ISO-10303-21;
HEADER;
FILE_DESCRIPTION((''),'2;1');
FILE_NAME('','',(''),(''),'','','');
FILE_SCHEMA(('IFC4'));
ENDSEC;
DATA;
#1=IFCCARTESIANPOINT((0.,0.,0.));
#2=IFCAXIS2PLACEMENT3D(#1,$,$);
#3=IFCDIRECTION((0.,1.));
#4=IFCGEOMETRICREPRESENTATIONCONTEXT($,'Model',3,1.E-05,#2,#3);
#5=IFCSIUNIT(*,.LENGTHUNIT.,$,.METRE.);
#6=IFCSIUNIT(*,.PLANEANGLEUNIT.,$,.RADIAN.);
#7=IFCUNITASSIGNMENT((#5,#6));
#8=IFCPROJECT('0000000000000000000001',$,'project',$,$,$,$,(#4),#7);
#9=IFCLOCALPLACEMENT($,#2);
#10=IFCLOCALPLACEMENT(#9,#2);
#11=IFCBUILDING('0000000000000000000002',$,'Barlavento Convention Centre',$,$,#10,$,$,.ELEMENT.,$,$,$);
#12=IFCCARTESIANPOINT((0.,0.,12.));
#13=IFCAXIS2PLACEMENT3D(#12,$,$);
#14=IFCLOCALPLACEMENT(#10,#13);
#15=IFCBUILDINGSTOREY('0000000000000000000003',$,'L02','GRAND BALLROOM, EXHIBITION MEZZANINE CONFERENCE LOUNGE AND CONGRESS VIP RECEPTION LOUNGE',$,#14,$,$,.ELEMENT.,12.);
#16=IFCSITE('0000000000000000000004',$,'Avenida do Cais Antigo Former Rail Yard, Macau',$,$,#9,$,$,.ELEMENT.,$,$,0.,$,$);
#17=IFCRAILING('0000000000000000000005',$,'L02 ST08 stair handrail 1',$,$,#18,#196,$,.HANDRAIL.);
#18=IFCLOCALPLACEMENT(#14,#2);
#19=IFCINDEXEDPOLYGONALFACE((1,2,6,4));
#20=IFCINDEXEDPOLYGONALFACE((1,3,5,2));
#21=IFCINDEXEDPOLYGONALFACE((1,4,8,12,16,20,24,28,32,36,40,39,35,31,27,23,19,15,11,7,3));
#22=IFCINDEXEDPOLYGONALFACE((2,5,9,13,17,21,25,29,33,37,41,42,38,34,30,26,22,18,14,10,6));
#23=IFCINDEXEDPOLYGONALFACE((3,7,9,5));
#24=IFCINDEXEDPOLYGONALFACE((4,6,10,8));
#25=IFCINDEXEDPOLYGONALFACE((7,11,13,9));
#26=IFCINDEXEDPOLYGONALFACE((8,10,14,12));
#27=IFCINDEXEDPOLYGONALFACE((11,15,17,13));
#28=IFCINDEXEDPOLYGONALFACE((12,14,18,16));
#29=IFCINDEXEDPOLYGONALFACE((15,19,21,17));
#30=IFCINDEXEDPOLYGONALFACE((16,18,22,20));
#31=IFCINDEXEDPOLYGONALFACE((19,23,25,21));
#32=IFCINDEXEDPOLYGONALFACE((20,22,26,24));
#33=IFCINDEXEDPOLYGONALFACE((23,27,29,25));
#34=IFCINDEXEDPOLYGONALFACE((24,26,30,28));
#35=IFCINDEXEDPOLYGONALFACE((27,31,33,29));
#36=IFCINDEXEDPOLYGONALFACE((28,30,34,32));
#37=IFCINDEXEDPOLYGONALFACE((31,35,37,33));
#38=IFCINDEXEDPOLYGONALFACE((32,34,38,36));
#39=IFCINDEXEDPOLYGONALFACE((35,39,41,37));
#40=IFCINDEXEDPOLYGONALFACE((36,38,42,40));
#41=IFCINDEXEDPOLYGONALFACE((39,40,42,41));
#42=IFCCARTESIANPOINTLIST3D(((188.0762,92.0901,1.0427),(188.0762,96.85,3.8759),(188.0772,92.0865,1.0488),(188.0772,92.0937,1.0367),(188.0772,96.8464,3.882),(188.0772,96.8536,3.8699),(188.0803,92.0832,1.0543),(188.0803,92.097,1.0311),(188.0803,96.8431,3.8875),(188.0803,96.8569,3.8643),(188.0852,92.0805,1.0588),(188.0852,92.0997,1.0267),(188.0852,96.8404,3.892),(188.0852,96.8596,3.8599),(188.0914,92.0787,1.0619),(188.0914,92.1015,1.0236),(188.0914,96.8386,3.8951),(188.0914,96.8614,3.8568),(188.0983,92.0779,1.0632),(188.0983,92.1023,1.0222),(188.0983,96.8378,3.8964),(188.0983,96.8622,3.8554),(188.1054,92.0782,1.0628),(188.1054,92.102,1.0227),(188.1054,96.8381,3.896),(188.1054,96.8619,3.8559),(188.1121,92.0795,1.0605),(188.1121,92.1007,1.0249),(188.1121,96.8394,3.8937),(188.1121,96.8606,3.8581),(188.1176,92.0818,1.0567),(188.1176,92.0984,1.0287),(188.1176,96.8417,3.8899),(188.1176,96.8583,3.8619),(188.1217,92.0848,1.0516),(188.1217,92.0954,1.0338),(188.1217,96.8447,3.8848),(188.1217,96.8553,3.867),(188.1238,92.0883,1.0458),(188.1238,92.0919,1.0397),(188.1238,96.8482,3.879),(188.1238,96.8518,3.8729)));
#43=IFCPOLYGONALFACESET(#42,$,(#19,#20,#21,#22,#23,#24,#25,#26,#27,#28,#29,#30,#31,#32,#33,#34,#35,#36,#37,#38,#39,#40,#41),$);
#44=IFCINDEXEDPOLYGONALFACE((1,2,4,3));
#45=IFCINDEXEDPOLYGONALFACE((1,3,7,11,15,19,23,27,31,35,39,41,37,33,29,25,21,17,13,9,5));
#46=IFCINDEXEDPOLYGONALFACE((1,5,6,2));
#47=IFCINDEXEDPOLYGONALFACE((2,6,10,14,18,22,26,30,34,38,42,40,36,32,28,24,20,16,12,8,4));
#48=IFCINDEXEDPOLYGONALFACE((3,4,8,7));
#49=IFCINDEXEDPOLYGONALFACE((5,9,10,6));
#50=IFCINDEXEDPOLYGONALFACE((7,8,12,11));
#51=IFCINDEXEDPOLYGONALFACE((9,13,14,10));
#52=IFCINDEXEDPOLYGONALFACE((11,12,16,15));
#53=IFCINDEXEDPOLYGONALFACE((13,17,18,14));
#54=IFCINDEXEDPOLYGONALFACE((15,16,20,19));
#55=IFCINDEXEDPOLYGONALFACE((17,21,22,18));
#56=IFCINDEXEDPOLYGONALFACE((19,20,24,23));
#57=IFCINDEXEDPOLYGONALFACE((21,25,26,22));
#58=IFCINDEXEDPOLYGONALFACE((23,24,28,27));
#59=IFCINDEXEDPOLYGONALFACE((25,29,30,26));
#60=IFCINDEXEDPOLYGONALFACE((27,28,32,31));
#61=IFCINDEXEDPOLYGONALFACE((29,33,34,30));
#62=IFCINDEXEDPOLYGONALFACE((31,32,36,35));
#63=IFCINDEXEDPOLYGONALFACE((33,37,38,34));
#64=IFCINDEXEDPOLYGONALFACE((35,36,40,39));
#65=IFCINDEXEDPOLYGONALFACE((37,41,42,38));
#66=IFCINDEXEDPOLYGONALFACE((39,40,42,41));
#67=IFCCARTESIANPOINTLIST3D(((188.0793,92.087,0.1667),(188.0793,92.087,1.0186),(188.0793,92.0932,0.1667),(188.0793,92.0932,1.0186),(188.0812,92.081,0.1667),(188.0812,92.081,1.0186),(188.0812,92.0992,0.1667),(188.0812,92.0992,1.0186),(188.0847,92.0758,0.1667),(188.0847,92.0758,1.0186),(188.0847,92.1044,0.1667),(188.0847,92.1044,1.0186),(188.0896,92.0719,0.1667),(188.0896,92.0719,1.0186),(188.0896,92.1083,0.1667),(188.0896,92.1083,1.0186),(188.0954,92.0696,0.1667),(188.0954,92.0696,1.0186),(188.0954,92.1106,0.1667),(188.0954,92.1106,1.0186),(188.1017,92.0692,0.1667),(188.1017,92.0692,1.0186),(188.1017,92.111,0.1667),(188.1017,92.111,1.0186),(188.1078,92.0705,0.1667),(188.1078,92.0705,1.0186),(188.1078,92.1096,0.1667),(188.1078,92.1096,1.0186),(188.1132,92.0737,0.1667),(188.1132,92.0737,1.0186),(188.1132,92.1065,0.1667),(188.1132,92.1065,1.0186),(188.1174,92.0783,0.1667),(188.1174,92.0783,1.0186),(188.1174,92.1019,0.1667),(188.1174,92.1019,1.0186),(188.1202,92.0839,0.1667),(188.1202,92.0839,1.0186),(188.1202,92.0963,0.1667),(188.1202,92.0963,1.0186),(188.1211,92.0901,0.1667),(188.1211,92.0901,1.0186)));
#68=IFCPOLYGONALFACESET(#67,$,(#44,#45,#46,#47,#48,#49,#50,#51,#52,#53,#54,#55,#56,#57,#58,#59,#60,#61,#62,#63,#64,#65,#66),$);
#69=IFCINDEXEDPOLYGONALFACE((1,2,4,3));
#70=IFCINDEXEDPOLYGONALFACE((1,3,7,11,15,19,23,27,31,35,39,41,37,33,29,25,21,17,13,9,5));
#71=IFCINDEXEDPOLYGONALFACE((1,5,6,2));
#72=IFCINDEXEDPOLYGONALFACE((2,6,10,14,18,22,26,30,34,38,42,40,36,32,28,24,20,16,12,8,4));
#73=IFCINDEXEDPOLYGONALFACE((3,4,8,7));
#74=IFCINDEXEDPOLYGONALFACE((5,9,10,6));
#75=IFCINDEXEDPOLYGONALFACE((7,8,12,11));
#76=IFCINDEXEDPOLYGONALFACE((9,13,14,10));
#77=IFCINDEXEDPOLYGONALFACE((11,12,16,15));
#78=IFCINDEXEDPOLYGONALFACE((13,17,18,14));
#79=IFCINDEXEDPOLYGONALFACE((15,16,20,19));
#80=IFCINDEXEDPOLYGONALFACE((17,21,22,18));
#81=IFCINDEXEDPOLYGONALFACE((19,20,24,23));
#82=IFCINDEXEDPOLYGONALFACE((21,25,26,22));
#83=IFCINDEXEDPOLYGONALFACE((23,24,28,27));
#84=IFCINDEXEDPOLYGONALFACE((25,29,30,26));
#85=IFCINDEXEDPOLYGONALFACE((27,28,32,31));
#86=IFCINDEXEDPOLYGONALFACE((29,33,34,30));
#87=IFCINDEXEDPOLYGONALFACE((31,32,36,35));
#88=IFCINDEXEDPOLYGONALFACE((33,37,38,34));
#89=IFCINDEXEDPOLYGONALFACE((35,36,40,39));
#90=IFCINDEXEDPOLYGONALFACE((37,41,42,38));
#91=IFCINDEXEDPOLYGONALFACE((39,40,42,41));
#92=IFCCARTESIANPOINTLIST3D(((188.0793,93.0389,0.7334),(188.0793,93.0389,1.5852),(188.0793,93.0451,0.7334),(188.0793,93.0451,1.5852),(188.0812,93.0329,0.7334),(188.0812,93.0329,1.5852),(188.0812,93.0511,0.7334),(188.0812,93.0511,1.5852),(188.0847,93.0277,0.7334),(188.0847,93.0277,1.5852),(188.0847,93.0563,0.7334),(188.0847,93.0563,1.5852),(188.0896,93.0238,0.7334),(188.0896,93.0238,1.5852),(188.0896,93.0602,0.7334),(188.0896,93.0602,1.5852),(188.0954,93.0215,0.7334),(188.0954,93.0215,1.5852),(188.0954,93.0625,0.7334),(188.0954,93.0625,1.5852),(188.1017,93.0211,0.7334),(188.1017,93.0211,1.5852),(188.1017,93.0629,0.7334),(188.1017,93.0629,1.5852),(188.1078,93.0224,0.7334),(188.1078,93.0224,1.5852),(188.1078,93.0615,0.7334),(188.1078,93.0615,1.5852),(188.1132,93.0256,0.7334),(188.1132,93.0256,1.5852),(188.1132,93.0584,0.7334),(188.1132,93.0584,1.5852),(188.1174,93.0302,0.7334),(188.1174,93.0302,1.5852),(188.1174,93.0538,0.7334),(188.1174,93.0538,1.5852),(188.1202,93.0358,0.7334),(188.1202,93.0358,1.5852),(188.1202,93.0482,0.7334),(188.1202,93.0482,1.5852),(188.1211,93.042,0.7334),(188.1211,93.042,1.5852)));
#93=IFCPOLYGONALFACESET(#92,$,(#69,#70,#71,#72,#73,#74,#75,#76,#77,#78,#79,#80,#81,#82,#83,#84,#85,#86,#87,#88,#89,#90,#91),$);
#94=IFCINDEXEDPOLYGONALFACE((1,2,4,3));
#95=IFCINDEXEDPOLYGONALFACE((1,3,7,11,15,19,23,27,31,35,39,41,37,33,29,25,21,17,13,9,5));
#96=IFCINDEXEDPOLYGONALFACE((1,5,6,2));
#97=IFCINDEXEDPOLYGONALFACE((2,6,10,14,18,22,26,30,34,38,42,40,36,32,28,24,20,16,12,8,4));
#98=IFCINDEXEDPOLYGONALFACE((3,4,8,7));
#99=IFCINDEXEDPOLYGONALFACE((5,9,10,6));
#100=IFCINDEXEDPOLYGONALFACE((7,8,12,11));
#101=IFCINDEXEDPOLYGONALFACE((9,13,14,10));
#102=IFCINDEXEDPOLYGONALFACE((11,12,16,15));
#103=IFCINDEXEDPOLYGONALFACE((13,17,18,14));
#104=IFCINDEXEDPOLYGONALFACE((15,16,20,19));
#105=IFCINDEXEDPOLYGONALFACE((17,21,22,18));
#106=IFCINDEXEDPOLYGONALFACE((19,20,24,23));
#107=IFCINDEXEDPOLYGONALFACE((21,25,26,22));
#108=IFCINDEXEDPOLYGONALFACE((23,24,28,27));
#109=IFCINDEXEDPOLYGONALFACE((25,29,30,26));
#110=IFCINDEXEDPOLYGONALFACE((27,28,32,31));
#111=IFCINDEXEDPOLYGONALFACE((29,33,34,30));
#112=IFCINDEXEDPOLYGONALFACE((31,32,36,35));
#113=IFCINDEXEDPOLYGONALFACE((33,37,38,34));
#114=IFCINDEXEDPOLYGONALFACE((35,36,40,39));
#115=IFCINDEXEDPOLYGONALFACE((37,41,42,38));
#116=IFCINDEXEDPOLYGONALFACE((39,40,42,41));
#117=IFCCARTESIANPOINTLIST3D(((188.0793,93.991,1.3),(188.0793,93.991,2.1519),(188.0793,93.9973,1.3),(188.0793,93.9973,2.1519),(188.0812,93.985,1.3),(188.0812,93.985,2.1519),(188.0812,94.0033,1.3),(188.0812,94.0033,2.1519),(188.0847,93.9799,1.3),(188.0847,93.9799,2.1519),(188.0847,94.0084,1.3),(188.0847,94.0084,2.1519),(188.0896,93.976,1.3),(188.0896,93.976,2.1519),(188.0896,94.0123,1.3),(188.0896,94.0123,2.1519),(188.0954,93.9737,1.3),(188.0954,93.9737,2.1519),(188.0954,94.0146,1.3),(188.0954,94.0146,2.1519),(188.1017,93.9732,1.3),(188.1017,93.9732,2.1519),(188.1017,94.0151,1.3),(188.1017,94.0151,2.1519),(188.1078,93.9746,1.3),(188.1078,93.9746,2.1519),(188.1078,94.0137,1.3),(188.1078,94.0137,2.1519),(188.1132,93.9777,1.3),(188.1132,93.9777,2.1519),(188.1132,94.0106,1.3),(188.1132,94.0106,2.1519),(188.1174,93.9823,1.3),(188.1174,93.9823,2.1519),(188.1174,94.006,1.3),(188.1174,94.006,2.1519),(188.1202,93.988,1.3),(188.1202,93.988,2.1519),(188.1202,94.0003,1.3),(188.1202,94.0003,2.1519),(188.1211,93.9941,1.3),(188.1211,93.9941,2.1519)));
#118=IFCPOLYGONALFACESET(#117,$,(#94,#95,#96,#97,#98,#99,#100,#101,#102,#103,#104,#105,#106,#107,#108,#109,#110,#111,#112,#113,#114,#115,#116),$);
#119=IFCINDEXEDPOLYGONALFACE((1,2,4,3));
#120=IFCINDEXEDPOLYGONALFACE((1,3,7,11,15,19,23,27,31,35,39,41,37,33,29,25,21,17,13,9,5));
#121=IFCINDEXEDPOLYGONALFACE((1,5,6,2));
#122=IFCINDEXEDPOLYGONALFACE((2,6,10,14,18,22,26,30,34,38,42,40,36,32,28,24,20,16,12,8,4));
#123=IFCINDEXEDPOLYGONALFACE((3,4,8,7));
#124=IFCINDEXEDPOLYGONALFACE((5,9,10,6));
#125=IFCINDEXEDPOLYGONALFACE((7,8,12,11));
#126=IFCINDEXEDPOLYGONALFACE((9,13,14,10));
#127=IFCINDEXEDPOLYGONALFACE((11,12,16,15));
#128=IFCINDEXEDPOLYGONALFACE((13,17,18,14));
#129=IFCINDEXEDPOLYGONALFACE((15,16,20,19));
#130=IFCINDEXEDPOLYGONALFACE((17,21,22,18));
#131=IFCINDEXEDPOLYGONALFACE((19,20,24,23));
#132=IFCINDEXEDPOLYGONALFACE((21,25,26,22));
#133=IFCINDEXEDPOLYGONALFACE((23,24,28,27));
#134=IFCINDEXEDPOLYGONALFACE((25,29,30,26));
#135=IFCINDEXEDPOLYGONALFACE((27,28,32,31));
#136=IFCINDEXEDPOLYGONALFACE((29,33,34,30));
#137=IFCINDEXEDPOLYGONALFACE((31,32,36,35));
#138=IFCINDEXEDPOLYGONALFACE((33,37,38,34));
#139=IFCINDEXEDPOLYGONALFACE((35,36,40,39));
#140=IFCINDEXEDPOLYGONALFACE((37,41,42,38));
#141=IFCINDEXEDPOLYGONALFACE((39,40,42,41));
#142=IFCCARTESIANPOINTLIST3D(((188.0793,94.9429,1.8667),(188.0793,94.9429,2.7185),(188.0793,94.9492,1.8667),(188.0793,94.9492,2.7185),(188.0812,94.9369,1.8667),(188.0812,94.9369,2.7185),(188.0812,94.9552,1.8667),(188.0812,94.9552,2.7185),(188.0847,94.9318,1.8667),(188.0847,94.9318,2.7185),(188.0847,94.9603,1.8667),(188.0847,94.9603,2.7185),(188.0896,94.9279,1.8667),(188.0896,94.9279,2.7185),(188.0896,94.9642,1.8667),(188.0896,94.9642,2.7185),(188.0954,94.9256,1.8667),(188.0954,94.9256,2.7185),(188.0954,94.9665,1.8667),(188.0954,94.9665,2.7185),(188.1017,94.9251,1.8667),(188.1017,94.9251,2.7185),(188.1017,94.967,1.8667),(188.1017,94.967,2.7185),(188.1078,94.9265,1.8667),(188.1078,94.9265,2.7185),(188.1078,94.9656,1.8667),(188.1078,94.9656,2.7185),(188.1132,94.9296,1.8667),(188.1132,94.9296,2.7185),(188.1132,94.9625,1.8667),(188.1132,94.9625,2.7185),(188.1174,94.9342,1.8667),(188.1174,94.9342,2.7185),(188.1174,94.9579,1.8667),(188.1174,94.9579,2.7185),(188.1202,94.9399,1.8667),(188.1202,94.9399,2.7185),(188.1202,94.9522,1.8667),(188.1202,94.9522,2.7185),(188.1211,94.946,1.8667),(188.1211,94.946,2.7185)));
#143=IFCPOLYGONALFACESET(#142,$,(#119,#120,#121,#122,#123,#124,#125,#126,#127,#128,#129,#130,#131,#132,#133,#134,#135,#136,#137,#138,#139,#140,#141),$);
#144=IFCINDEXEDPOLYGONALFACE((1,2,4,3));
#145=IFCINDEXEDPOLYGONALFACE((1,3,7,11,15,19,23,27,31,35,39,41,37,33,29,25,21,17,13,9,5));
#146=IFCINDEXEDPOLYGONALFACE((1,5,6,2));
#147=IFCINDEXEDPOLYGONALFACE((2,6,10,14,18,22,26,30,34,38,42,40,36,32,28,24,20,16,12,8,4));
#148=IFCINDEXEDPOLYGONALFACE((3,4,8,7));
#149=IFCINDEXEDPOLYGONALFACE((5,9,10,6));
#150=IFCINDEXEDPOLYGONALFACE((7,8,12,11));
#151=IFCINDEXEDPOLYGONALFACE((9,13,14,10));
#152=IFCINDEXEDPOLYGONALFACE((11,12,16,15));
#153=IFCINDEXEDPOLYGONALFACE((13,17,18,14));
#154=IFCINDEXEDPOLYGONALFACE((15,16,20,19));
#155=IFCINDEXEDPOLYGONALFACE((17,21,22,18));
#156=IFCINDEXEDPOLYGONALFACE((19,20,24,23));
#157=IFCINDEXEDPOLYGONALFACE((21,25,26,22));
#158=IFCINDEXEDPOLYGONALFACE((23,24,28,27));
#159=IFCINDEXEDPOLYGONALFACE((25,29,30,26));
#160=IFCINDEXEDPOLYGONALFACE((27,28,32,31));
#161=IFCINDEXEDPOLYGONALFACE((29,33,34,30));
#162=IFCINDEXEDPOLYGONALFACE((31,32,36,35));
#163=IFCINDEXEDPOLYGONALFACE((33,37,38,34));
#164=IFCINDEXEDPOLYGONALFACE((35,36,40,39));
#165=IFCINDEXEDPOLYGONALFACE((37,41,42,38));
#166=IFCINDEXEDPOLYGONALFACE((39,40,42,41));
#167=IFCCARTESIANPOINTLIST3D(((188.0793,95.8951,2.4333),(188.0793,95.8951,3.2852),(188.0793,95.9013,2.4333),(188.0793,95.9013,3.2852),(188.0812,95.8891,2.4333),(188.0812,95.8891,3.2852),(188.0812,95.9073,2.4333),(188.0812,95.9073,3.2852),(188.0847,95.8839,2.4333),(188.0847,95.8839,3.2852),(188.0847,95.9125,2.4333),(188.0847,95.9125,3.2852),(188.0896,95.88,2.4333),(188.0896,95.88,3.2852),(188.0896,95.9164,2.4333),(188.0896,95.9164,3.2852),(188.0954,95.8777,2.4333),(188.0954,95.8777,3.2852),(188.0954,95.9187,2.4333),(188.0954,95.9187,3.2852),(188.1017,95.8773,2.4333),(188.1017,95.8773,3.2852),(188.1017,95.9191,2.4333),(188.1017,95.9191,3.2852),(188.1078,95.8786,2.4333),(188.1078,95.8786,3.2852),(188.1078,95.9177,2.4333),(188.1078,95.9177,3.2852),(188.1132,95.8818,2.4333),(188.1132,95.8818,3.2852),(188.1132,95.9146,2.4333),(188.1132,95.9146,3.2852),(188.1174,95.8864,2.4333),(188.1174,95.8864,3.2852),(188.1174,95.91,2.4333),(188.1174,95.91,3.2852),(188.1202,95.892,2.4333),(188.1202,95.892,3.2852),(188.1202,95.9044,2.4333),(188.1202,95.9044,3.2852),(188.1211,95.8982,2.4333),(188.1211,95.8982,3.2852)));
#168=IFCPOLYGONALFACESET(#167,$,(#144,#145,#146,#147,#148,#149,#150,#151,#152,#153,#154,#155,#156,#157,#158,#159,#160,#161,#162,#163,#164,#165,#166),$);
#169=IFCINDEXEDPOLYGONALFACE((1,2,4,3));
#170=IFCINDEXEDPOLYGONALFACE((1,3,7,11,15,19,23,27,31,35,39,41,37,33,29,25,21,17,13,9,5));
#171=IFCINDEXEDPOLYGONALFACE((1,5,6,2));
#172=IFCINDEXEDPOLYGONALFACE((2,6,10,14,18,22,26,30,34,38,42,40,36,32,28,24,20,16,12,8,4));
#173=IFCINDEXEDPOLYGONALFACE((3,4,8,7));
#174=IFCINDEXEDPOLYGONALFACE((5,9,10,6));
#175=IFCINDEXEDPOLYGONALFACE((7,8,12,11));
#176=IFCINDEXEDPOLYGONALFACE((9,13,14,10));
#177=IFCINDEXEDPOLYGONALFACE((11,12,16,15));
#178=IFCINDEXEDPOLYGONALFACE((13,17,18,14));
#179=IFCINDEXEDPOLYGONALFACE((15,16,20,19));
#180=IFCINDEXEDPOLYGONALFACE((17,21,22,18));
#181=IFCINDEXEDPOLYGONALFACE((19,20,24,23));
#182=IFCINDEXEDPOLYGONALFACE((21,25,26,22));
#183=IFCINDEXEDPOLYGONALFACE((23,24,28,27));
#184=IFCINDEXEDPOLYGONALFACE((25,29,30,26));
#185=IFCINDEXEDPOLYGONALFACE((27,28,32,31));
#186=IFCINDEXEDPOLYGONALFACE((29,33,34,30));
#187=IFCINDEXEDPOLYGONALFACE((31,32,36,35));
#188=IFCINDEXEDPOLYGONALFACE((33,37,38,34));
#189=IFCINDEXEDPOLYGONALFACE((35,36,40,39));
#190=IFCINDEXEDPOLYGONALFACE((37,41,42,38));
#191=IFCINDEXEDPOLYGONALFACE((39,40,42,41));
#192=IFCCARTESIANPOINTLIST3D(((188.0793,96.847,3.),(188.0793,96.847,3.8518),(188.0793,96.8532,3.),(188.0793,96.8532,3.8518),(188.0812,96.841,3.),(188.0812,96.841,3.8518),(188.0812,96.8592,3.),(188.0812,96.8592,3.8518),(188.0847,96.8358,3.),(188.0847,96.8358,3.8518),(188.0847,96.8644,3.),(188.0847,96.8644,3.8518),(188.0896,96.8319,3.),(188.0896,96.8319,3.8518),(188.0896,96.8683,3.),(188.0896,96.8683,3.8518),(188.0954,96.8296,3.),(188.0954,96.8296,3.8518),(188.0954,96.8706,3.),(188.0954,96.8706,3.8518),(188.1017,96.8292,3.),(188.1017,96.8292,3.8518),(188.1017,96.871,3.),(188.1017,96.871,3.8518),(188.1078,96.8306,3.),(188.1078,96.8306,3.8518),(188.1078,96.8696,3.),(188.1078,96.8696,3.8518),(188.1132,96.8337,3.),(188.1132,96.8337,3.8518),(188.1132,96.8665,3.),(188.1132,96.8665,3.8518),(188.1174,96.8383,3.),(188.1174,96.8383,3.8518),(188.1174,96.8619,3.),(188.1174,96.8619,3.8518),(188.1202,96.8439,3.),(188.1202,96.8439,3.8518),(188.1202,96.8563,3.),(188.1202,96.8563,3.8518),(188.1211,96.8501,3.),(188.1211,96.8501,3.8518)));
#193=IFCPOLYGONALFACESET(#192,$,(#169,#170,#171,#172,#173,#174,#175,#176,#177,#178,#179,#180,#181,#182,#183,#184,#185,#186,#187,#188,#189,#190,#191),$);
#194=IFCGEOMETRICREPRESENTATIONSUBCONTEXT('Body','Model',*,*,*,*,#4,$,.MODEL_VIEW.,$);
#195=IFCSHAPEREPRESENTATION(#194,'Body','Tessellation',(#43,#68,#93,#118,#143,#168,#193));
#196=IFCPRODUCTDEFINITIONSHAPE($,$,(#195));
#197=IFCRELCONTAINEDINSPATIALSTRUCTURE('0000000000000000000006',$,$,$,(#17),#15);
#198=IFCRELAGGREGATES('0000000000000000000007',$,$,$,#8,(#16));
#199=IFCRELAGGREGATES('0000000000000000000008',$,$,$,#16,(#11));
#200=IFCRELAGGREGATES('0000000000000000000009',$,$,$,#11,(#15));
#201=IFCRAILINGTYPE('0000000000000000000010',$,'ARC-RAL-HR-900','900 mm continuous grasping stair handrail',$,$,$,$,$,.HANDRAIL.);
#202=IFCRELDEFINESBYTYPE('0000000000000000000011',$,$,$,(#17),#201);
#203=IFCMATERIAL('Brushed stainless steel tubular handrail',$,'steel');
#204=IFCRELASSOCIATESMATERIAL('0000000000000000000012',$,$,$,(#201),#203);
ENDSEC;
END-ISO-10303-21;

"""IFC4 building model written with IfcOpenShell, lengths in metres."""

from ifc_helpers import new_model, si_unit, direction, frame, origin, origin_2d, place, context, subcontext, project, spatial, circle, extrude, material, type_object, element, save


model = new_model("IFC4")

# Units and contexts
model_context = context("Model", 3, precision=1e-05, world=origin(), true_north=direction((0.0, 1.0)))
body_context = subcontext(model_context, "Body", "Model", "MODEL_VIEW")
ifc_project = project(units=[si_unit("LENGTHUNIT", "METRE"), si_unit("PLANEANGLEUNIT", "RADIAN")], contexts=[model_context])

# Site, building, storey
site_placement = place(None, origin())
site = spatial("IfcSite", under=ifc_project, at=site_placement, Name="Avenida do Cais Antigo Former Rail Yard, Macau", CompositionType="ELEMENT", RefElevation=0.0)
building_placement = place(site_placement, origin())
building = spatial("IfcBuilding", under=site, at=building_placement, Name="Barlavento Convention Centre", CompositionType="ELEMENT")
storey_placement = place(building_placement, frame((0.0, 0.0, 12.0)))
storey = spatial("IfcBuildingStorey", under=building, at=storey_placement, Name="L02", Description="GRAND BALLROOM, EXHIBITION MEZZANINE CONFERENCE LOUNGE AND CONGRESS VIP RECEPTION LOUNGE", CompositionType="ELEMENT", Elevation=12.0)

# Railing
ifc_material_1 = material(Name="Brushed stainless steel tubular handrail", Category="steel")
railing_type_1 = type_object("IfcRailingType", Name="ARC-RAL-HR-900", Description="900 mm continuous grasping stair handrail", PredefinedType="HANDRAIL", material=ifc_material_1)
railing_1_placement = place(storey_placement, frame((188.1001, 92.0901, 0.1667)))
element("IfcRailing", 1, at=railing_1_placement, inside=storey, type_object=railing_type_1, Name="L02 ST08 stair handrail 1", PredefinedType="HANDRAIL", context=body_context, shape_type="SweptSolid", body=[
    extrude(circle(Radius=0.0239, at=origin_2d()), frame((0.0, 0.0, 0.876), z_axis=(0.0, 0.8593, 0.511472), x_axis=(-1.0, 0.0, 0.0)), (0.0, 0.0, 1.0), 5.5393),
    extrude(circle(Radius=0.021, at=origin_2d()), origin(), (0.0, 0.0, 1.0), 0.8518),
    extrude(circle(Radius=0.021, at=origin_2d()), frame((0.0, 0.9519, 0.5667)), (0.0, 0.0, 1.0), 0.8518),
    extrude(circle(Radius=0.021, at=origin_2d()), frame((0.0, 1.9041, 1.1333)), (0.0, 0.0, 1.0), 0.8518),
    extrude(circle(Radius=0.021, at=origin_2d()), frame((0.0, 2.856, 1.7)), (0.0, 0.0, 1.0), 0.8518),
    extrude(circle(Radius=0.021, at=origin_2d()), frame((0.0, 3.8081, 2.2666)), (0.0, 0.0, 1.0), 0.8518),
    extrude(circle(Radius=0.021, at=origin_2d()), frame((0.0, 4.76, 2.8333)), (0.0, 0.0, 1.0), 0.8518),
])

save(model, "model.ifc")
